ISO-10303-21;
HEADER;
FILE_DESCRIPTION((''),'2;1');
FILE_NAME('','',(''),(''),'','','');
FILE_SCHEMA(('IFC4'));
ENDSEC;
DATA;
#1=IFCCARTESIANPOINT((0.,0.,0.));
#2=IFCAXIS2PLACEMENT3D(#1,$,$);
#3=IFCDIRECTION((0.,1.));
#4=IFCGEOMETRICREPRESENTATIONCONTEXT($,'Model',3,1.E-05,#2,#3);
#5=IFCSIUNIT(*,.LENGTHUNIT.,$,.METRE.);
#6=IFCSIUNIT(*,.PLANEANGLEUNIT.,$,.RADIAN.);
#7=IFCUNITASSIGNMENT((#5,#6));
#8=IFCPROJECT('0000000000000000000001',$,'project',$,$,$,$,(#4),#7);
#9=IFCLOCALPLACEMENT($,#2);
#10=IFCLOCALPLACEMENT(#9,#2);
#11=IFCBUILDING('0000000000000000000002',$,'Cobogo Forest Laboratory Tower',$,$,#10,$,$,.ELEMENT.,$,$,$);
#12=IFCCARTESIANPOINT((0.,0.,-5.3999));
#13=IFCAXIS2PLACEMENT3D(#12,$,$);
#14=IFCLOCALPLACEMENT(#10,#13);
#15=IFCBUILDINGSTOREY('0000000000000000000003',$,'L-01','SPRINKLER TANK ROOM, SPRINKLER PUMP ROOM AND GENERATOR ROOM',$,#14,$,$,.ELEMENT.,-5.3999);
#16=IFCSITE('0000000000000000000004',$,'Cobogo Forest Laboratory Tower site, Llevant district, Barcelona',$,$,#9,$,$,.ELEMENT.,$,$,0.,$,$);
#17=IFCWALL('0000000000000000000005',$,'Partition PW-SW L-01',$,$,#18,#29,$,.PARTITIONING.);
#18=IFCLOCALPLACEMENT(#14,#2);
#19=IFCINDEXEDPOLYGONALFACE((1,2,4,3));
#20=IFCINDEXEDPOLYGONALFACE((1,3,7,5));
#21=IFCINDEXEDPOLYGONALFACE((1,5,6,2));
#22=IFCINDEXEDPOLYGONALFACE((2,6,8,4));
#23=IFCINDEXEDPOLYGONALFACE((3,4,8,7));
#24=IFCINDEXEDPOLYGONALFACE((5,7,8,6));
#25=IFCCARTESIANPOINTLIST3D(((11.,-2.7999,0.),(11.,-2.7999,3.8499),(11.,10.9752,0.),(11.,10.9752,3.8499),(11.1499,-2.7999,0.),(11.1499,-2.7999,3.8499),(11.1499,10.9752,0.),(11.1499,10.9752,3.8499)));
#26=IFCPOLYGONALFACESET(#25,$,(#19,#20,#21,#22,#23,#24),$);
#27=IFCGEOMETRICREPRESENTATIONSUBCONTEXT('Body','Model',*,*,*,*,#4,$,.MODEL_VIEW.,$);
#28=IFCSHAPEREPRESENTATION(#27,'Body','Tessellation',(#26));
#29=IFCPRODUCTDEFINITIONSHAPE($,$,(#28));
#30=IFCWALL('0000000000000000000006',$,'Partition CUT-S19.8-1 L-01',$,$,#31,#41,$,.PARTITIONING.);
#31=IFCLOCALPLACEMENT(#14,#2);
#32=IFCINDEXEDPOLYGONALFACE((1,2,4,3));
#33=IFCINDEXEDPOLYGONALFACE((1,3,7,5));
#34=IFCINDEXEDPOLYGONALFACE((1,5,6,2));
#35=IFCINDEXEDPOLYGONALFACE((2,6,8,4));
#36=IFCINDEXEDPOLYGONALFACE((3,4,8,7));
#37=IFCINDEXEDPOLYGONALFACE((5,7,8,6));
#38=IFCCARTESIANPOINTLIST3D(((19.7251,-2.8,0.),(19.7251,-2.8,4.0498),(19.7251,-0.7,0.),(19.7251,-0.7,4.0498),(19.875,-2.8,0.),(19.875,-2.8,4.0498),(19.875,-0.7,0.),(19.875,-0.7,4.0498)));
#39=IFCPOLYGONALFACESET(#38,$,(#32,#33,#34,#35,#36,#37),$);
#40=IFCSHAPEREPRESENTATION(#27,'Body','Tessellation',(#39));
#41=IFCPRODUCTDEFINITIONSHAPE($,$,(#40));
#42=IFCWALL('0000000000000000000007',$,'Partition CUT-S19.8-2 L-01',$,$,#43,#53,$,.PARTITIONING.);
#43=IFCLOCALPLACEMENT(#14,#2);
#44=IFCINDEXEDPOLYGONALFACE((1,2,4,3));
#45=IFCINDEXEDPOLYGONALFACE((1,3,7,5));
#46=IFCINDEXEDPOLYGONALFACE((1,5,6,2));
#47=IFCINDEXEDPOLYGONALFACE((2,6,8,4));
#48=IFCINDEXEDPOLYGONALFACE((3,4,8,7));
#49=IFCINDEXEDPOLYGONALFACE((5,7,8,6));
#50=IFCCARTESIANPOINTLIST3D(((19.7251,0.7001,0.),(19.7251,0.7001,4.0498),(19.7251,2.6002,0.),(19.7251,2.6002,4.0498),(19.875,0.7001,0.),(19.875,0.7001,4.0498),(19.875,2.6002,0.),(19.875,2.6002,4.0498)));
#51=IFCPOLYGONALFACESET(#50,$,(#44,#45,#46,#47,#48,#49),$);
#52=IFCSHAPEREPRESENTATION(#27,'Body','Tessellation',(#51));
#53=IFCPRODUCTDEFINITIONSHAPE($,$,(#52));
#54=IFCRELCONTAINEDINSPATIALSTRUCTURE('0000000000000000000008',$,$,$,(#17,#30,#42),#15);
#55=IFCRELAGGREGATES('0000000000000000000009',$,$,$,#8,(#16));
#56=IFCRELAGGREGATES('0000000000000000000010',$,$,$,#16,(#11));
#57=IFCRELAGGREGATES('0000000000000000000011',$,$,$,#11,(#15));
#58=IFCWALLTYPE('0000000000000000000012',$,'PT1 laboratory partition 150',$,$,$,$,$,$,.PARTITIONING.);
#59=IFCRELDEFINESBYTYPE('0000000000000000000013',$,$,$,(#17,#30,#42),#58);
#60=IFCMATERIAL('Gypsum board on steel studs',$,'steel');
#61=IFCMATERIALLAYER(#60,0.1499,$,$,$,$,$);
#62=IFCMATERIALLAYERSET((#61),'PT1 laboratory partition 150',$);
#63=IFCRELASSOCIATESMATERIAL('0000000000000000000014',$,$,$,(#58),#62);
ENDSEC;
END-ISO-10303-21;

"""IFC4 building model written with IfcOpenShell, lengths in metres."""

from ifc_helpers import new_model, si_unit, direction, frame, frame_2d, origin, place, context, subcontext, project, spatial, rectangle, extrude, material, layer, layer_set, type_object, element, save


model = new_model("IFC4")

# Units and contexts
model_context = context("Model", 3, precision=1e-05, world=origin(), true_north=direction((0.0, 1.0)))
body_context = subcontext(model_context, "Body", "Model", "MODEL_VIEW")
ifc_project = project(units=[si_unit("LENGTHUNIT", "METRE"), si_unit("PLANEANGLEUNIT", "RADIAN")], contexts=[model_context])

# Site, building, storey
site_placement = place(None, origin())
site = spatial("IfcSite", under=ifc_project, at=site_placement, Name="Cobogo Forest Laboratory Tower site, Llevant district, Barcelona", CompositionType="ELEMENT", RefElevation=0.0)
building_placement = place(site_placement, origin())
building = spatial("IfcBuilding", under=site, at=building_placement, Name="Cobogo Forest Laboratory Tower", CompositionType="ELEMENT")
storey_placement = place(building_placement, frame((0.0, 0.0, -5.3999)))
storey = spatial("IfcBuildingStorey", under=building, at=storey_placement, Name="L-01", Description="SPRINKLER TANK ROOM, SPRINKLER PUMP ROOM AND GENERATOR ROOM", CompositionType="ELEMENT", Elevation=-5.3999)

# Walls
ifc_material_1 = material(Name="Gypsum board on steel studs", Category="steel")
ifc_layer = layer(ifc_material_1, 0.1499)
ifc_layer_set = layer_set([ifc_layer], Name="PT1 laboratory partition 150")
wall_type = type_object("IfcWallType", Name="PT1 laboratory partition 150", PredefinedType="PARTITIONING", material=ifc_layer_set)
wall_1_placement = place(storey_placement, frame((11.075, -2.8, 0.0), z_axis=(0.0, 0.0, 1.0), x_axis=(0.0, 1.0, 0.0)))
element("IfcWall", 1, at=wall_1_placement, inside=storey, type_object=wall_type, Name="Partition PW-SW L-01", PredefinedType="PARTITIONING", context=body_context, shape_type="SweptSolid", body=[
    extrude(rectangle(XDim=13.7751, YDim=0.1499, at=frame_2d((6.8877, 0.0))), origin(), (0.0, 0.0, 1.0), 3.8499),
])
wall_2_placement = place(storey_placement, frame((19.8, -2.8, 0.0), z_axis=(0.0, 0.0, 1.0), x_axis=(0.0, 1.0, 0.0)))
element("IfcWall", 2, at=wall_2_placement, inside=storey, type_object=wall_type, Name="Partition CUT-S19.8-1 L-01", PredefinedType="PARTITIONING", context=body_context, shape_type="SweptSolid", body=[
    extrude(rectangle(XDim=2.1001, YDim=0.1499, at=frame_2d((1.05, 0.0))), origin(), (0.0, 0.0, 1.0), 4.0498),
])
wall_3_placement = place(storey_placement, frame((19.8, 0.7, 0.0), z_axis=(0.0, 0.0, 1.0), x_axis=(0.0, 1.0, 0.0)))
element("IfcWall", 3, at=wall_3_placement, inside=storey, type_object=wall_type, Name="Partition CUT-S19.8-2 L-01", PredefinedType="PARTITIONING", context=body_context, shape_type="SweptSolid", body=[
    extrude(rectangle(XDim=1.9001, YDim=0.1499, at=frame_2d((0.9502, 0.0))), origin(), (0.0, 0.0, 1.0), 4.0498),
])

save(model, "model.ifc")
